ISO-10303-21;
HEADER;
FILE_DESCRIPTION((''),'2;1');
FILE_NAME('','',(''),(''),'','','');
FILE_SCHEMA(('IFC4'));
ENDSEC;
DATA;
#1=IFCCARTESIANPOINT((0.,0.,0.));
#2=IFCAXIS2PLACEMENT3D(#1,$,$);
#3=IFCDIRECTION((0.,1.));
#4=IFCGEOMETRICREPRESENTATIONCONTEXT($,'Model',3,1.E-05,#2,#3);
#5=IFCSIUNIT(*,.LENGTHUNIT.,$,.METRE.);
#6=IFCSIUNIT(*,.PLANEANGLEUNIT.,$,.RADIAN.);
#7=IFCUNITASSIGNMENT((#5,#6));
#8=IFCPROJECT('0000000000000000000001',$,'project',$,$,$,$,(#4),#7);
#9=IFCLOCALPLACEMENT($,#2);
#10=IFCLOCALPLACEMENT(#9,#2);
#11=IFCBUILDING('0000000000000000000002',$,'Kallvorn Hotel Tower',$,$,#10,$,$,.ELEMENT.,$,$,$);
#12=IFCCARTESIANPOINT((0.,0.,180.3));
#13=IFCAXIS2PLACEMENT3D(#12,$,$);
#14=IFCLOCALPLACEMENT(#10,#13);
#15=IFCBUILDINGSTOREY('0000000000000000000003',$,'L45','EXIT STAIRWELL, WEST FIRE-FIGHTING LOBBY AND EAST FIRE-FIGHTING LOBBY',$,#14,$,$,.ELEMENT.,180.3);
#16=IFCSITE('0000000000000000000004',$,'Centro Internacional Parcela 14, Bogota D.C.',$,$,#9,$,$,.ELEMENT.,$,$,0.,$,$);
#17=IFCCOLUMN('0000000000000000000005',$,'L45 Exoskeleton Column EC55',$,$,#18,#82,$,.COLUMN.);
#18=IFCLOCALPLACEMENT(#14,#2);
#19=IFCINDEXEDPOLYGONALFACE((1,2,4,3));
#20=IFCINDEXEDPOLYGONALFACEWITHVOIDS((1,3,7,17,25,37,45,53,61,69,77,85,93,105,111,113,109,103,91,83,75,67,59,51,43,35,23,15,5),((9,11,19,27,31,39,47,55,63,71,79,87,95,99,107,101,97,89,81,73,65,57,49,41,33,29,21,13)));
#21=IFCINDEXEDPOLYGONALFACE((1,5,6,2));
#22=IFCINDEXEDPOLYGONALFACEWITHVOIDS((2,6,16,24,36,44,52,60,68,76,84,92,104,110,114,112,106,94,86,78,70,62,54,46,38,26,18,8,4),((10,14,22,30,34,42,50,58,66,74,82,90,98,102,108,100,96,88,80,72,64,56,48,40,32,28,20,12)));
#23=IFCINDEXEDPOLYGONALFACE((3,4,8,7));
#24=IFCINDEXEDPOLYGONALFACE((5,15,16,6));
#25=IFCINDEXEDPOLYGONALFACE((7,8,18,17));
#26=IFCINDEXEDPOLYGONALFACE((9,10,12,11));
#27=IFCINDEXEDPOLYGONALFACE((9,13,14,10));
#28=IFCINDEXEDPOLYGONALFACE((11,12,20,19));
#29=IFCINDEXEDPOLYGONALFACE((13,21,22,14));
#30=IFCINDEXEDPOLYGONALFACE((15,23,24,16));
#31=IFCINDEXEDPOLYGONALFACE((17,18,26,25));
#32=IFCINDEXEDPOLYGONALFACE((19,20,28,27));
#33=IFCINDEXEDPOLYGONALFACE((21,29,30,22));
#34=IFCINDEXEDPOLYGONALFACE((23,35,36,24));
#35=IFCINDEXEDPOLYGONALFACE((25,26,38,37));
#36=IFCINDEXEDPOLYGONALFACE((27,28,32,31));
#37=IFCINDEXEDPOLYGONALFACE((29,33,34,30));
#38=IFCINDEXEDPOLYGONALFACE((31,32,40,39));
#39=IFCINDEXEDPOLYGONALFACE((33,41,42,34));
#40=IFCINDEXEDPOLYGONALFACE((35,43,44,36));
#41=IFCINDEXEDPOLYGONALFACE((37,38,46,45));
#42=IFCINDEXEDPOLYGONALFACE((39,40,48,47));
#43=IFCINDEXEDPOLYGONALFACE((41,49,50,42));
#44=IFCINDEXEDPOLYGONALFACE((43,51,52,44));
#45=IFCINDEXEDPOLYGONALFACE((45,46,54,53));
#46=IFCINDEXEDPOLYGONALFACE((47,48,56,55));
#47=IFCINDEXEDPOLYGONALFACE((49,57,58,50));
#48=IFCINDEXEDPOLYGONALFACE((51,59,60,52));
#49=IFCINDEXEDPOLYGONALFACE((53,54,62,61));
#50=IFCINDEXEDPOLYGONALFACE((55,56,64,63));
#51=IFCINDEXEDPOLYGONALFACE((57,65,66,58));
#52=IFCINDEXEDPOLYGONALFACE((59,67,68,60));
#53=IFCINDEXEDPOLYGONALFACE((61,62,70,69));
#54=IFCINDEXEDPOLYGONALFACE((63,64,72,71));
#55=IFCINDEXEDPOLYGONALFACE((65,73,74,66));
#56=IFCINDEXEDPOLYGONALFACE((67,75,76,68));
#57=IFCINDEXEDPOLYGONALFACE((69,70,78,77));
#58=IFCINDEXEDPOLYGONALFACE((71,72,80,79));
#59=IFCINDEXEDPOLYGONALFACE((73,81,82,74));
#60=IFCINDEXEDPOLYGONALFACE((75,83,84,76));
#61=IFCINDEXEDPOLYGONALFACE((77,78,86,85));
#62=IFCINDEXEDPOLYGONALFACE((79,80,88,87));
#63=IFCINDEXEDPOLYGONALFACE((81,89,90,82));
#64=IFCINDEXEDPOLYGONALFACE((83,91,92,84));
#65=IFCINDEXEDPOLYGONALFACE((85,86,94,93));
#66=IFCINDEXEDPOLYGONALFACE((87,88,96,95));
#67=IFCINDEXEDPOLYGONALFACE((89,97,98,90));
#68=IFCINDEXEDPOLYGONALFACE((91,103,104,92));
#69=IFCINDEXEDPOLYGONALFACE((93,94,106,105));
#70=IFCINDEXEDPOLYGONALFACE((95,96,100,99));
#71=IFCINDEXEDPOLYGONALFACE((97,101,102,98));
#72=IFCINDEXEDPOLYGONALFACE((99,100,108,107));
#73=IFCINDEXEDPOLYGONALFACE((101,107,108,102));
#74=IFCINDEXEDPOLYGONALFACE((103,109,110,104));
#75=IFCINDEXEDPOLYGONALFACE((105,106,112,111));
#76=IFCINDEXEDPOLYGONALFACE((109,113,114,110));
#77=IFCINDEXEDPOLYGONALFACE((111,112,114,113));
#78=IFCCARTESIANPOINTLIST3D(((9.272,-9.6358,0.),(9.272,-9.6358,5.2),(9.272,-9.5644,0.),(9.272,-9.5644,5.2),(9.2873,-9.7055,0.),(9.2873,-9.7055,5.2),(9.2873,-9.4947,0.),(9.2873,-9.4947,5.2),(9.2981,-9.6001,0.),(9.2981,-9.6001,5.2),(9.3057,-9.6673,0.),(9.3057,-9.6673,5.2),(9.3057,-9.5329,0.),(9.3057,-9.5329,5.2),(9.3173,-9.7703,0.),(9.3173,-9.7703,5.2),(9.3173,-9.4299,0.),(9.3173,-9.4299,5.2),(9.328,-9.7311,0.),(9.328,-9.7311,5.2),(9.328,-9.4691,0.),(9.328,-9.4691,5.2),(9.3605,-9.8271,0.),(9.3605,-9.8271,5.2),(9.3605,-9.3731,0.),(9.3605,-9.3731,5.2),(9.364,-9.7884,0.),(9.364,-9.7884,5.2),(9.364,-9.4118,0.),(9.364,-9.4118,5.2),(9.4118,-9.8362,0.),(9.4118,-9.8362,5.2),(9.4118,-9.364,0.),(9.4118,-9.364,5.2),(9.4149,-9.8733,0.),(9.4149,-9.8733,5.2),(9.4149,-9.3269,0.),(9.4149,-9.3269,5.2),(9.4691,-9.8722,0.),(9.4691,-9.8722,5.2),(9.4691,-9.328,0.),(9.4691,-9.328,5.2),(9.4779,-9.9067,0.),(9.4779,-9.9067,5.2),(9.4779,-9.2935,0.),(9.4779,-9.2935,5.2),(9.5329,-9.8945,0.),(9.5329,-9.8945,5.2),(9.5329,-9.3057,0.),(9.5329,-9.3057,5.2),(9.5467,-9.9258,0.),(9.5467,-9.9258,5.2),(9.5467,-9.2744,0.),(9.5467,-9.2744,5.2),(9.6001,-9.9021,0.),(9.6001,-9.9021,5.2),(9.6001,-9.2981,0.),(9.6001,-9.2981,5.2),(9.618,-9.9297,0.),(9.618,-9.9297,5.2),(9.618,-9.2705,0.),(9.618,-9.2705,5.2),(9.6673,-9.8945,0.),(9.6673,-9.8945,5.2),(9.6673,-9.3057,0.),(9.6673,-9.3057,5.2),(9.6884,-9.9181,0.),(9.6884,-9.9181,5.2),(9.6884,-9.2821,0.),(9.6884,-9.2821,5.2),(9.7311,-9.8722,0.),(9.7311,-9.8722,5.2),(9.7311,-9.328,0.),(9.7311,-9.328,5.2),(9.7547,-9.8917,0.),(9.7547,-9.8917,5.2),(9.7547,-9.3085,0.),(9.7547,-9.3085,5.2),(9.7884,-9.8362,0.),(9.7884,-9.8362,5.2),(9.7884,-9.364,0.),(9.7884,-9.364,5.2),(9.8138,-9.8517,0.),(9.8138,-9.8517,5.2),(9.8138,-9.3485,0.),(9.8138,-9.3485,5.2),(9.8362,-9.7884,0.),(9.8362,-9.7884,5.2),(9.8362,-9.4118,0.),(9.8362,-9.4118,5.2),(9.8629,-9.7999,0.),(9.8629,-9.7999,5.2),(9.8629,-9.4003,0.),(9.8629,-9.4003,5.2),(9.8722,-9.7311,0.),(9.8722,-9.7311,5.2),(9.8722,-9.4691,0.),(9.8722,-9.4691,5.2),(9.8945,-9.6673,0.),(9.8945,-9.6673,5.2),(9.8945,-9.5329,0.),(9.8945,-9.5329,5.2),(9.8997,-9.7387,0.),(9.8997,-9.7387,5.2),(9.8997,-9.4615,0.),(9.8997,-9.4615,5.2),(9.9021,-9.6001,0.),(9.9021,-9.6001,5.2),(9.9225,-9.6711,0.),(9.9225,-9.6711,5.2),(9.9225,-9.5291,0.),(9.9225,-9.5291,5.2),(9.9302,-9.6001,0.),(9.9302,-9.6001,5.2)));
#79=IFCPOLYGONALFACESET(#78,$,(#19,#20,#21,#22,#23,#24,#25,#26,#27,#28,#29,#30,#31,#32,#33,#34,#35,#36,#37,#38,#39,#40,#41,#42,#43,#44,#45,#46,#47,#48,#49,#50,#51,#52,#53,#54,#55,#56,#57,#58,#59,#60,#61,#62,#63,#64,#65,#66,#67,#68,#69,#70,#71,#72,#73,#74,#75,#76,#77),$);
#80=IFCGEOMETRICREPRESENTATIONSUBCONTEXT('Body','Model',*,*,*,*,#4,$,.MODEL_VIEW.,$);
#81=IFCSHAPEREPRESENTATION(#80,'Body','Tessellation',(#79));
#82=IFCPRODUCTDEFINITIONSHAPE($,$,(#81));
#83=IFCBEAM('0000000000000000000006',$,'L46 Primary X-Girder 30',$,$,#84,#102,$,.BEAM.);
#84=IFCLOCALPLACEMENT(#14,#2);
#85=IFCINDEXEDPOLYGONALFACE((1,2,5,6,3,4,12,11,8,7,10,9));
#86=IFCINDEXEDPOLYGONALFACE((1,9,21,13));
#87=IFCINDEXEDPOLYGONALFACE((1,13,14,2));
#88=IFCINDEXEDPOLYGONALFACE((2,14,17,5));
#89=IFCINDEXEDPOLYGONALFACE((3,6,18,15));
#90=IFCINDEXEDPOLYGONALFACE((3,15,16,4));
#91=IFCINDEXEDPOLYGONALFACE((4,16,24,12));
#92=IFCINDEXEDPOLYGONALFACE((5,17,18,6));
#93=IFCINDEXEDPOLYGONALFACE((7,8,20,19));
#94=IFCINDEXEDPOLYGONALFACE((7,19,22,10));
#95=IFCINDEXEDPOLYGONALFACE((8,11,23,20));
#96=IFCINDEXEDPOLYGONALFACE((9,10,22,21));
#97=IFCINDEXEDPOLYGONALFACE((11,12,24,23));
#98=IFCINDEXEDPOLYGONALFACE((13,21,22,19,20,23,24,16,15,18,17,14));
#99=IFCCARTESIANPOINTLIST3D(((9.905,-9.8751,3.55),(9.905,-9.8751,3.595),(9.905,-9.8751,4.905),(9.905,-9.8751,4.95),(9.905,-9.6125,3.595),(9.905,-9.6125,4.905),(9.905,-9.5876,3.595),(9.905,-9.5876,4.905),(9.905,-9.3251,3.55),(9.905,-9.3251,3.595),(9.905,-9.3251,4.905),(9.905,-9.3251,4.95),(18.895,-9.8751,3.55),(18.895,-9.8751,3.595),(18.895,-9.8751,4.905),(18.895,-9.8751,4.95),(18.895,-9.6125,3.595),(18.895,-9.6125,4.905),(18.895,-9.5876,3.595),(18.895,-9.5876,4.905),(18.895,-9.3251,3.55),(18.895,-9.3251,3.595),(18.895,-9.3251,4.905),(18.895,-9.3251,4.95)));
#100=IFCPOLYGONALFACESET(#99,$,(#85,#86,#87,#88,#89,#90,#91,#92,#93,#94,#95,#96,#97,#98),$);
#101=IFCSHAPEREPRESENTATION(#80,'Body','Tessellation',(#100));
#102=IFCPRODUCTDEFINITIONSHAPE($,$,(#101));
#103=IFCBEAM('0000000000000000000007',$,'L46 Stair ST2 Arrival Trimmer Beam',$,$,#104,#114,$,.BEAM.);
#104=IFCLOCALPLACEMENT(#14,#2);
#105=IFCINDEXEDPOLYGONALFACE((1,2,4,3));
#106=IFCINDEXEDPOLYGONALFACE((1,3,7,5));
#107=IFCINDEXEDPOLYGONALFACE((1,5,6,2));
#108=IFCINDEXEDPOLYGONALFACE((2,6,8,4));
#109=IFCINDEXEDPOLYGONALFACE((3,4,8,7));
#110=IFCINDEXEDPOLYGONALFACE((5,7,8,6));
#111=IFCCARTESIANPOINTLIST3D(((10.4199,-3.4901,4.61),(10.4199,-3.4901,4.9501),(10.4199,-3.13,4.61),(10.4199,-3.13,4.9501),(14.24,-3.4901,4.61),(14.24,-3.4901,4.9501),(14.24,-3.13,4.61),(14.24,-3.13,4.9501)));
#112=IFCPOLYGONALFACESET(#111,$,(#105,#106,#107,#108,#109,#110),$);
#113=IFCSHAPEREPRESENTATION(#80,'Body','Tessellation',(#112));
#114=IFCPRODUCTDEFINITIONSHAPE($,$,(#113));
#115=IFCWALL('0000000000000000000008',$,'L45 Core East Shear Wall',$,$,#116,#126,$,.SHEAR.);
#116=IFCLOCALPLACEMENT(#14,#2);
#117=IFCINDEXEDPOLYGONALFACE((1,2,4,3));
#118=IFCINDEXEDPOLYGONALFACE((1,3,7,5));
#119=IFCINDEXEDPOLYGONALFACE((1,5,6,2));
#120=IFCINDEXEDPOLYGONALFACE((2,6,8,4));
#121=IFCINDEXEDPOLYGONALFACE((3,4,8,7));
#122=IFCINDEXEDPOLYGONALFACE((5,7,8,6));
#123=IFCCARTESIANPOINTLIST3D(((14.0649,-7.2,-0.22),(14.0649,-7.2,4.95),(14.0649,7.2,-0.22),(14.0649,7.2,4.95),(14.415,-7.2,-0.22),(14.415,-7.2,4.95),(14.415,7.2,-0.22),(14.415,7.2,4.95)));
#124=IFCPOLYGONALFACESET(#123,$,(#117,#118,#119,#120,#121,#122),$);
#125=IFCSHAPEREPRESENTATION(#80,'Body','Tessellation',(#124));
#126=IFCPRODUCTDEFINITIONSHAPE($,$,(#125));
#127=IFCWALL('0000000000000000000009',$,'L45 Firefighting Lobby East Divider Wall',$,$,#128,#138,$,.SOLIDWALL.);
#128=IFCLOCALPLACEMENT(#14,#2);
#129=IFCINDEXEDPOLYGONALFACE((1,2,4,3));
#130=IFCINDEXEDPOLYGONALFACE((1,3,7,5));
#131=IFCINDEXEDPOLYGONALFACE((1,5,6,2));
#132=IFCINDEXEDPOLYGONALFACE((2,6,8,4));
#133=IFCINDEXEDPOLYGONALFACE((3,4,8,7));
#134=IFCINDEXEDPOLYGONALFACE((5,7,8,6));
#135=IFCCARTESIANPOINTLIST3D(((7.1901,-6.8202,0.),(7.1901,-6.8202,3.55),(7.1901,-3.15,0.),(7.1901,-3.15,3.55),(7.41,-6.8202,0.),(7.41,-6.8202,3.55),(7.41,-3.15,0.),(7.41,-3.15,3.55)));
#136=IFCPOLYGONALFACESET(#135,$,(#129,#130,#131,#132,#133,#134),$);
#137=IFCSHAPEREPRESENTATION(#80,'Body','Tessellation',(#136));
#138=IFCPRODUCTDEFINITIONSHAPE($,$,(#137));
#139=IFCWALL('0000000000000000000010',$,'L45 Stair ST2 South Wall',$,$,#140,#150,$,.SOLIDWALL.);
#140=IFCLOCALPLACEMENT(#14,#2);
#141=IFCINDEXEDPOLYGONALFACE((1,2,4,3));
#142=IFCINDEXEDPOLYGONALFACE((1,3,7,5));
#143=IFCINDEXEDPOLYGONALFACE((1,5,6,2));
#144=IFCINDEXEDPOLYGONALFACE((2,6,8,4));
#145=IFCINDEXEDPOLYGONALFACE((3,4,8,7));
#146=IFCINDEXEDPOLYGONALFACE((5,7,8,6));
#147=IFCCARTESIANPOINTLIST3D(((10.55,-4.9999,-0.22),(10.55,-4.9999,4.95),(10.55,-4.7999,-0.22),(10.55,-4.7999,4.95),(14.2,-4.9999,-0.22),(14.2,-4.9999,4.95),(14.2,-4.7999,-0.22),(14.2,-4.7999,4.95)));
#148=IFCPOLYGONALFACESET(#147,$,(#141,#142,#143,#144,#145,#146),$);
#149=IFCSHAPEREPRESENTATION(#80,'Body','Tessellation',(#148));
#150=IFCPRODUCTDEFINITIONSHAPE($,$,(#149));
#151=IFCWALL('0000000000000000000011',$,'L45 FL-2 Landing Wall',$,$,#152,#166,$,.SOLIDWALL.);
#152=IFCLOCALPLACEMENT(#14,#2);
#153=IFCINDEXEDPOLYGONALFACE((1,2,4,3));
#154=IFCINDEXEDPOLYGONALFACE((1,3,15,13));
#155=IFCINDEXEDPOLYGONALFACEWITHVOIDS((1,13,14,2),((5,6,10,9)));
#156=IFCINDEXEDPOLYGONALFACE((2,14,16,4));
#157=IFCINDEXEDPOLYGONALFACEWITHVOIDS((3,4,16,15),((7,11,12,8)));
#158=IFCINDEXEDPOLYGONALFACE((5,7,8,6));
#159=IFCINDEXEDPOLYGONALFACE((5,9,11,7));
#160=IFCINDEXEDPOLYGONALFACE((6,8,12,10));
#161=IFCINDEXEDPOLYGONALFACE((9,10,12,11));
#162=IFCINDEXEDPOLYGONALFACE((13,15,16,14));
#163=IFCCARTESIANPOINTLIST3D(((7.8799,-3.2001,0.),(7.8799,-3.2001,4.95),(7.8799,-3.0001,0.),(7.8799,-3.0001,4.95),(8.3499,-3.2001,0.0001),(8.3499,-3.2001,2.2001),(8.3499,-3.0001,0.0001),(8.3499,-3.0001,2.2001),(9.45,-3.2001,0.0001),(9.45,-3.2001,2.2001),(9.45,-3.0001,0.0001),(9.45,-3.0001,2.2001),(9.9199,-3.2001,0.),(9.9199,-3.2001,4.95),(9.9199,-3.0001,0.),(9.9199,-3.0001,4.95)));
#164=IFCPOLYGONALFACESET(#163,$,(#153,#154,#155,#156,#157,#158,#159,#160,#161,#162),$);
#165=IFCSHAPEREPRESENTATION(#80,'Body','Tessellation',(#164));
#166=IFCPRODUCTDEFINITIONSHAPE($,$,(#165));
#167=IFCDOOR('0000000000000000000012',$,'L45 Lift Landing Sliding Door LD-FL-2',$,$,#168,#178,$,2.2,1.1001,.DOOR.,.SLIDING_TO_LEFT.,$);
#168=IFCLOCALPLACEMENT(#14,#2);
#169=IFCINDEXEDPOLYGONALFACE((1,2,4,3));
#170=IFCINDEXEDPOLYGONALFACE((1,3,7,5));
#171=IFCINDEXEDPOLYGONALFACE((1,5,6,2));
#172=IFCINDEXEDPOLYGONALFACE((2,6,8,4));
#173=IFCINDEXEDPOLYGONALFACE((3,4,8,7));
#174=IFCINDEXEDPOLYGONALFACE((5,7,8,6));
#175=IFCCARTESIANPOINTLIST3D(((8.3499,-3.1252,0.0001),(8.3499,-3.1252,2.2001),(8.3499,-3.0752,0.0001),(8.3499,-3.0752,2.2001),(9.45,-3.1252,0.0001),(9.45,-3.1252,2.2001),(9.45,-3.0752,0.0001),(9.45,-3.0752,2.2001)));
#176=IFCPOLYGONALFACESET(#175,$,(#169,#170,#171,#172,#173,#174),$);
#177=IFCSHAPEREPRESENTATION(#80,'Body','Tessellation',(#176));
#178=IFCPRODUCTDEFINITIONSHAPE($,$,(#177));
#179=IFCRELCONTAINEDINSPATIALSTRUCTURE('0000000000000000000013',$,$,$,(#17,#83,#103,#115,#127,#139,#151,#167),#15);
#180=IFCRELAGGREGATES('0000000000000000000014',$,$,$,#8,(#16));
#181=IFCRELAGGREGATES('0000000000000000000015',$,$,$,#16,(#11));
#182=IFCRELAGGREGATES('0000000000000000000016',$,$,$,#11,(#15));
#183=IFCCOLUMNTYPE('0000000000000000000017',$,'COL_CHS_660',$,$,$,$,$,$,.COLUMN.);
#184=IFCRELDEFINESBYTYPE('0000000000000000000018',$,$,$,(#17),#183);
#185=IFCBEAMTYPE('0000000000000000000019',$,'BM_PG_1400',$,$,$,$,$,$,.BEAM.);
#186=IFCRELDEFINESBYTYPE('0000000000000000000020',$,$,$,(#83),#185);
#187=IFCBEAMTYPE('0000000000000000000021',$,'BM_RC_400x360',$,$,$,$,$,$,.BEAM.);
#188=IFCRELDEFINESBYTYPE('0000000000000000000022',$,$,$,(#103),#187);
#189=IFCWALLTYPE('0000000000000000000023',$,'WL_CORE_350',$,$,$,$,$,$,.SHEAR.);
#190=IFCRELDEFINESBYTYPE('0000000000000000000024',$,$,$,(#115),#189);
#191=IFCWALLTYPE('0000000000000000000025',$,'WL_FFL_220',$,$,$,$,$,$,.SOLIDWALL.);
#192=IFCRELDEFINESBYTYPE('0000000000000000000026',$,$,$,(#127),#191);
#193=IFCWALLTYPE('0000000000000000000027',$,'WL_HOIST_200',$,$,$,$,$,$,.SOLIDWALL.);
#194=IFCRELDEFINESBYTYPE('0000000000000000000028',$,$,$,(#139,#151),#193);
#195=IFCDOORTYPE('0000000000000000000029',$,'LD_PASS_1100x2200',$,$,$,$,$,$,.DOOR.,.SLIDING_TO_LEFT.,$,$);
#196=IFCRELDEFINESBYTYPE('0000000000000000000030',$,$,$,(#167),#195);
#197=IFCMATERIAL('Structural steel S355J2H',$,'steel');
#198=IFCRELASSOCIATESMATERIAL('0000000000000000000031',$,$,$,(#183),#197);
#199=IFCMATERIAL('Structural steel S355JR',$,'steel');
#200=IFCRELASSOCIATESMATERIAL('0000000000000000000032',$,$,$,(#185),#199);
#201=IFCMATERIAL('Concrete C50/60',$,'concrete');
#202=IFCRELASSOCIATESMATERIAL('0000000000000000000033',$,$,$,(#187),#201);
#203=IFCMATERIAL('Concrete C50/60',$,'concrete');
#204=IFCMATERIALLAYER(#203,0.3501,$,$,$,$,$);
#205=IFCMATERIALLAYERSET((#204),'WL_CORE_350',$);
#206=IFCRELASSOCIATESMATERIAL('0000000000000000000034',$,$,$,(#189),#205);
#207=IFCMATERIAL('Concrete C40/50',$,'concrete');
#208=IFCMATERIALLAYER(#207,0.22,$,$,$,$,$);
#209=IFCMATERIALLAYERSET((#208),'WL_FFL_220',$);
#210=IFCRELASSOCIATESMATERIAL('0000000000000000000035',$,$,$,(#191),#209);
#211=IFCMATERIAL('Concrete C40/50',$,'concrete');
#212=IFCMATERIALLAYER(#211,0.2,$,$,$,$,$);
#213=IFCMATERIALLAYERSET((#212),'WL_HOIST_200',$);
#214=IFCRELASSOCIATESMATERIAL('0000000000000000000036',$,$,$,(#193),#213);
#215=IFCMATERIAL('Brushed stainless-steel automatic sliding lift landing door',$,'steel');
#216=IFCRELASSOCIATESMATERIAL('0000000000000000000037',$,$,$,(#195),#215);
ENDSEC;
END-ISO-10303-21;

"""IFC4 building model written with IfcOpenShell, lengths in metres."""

from ifc_helpers import new_model, si_unit, direction, frame, frame_2d, origin, origin_2d, place, context, subcontext, project, spatial, rectangle, hollow_circle, i_section, extrude, material, layer, layer_set, material_profile, profile_set, type_object, element, fill, save


model = new_model("IFC4")

# Units and contexts
model_context = context("Model", 3, precision=1e-05, world=origin(), true_north=direction((0.0, 1.0)))
body_context = subcontext(model_context, "Body", "Model", "MODEL_VIEW")
ifc_project = project(units=[si_unit("LENGTHUNIT", "METRE"), si_unit("PLANEANGLEUNIT", "RADIAN")], contexts=[model_context])

# Site, building, storey
site_placement = place(None, origin())
site = spatial("IfcSite", under=ifc_project, at=site_placement, Name="Centro Internacional Parcela 14, Bogota D.C.", CompositionType="ELEMENT", RefElevation=0.0)
building_placement = place(site_placement, origin())
building = spatial("IfcBuilding", under=site, at=building_placement, Name="Kallvorn Hotel Tower", CompositionType="ELEMENT")
storey_placement = place(building_placement, frame((0.0, 0.0, 180.3)))
storey = spatial("IfcBuildingStorey", under=building, at=storey_placement, Name="L45", Description="EXIT STAIRWELL, WEST FIRE-FIGHTING LOBBY AND EAST FIRE-FIGHTING LOBBY", CompositionType="ELEMENT", Elevation=180.3)

# Column
ifc_material_1 = material(Name="Structural steel S355J2H", Category="steel")
ifc_material_profile_1 = material_profile(ifc_material_1, hollow_circle(Radius=0.3301, WallThickness=0.0281, at=origin_2d()), Name="CHS 660x28")
ifc_profile_set_1 = profile_set([ifc_material_profile_1], Name="Structural steel S355J2H")
column_type = type_object("IfcColumnType", Name="COL_CHS_660", PredefinedType="COLUMN", material=ifc_profile_set_1)
column_placement = place(storey_placement, frame((9.6001, -9.6001, 0.0), z_axis=(0.0, 0.0, 1.0), x_axis=(1.0, 0.0, 0.0)))
element("IfcColumn", 1, at=column_placement, inside=storey, type_object=column_type, Name="L45 Exoskeleton Column EC55", PredefinedType="COLUMN", context=body_context, shape_type="SweptSolid", body=[
    extrude(hollow_circle(Radius=0.3301, WallThickness=0.0281, at=origin_2d()), origin(), (0.0, 0.0, 1.0), 5.2),
])

# Beams
ifc_material_2 = material(Name="Structural steel S355JR", Category="steel")
ifc_material_profile_2 = material_profile(ifc_material_2, i_section(OverallWidth=0.55, OverallDepth=1.3999, WebThickness=0.0249, FlangeThickness=0.0449, at=origin_2d()), Name="PG 1400x550x25x45")
ifc_profile_set_2 = profile_set([ifc_material_profile_2], Name="Structural steel S355JR")
beam_type_1 = type_object("IfcBeamType", Name="BM_PG_1400", PredefinedType="BEAM", material=ifc_profile_set_2)
beam_1_placement = place(storey_placement, frame((9.905, -9.6001, 4.25), z_axis=(1.0, 0.0, 0.0), x_axis=(0.0, 1.0, 0.0)))
element("IfcBeam", 2, at=beam_1_placement, inside=storey, type_object=beam_type_1, Name="L46 Primary X-Girder 30", PredefinedType="BEAM", context=body_context, shape_type="SweptSolid", body=[
    extrude(i_section(OverallWidth=0.55, OverallDepth=1.3999, WebThickness=0.0249, FlangeThickness=0.0449, at=origin_2d()), origin(), (0.0, 0.0, 1.0), 8.99),
])
ifc_material_3 = material(Name="Concrete C50/60", Category="concrete")
ifc_material_profile_3 = material_profile(ifc_material_3, rectangle(XDim=0.3601, YDim=0.3401, at=origin_2d()), Name="RC 360x340")
ifc_profile_set_3 = profile_set([ifc_material_profile_3], Name="Concrete C50/60")
beam_type_2 = type_object("IfcBeamType", Name="BM_RC_400x360", PredefinedType="BEAM", material=ifc_profile_set_3)
beam_2_placement = place(storey_placement, frame((14.24, -3.3101, 4.78), z_axis=(-1.0, 0.0, 0.0), x_axis=(0.0, -1.0, 0.0)))
element("IfcBeam", 3, at=beam_2_placement, inside=storey, type_object=beam_type_2, Name="L46 Stair ST2 Arrival Trimmer Beam", PredefinedType="BEAM", context=body_context, shape_type="SweptSolid", body=[
    extrude(rectangle(XDim=0.3601, YDim=0.3401, at=origin_2d()), origin(), (0.0, 0.0, 1.0), 3.8201),
])

# Walls
ifc_material_4 = material(Name="Concrete C50/60", Category="concrete")
ifc_layer_1 = layer(ifc_material_4, 0.3501)
ifc_layer_set_1 = layer_set([ifc_layer_1], Name="WL_CORE_350")
wall_type_1 = type_object("IfcWallType", Name="WL_CORE_350", PredefinedType="SHEAR", material=ifc_layer_set_1)
wall_1_placement = place(storey_placement, frame((14.24, -7.2, -0.22), z_axis=(0.0, 0.0, 1.0), x_axis=(0.0, 1.0, 0.0)))
element("IfcWall", 4, at=wall_1_placement, inside=storey, type_object=wall_type_1, Name="L45 Core East Shear Wall", PredefinedType="SHEAR", context=body_context, shape_type="SweptSolid", body=[
    extrude(rectangle(XDim=14.3999, YDim=0.3501, at=frame_2d((7.2, 0.0))), origin(), (0.0, 0.0, 1.0), 5.1699),
])
ifc_material_5 = material(Name="Concrete C40/50", Category="concrete")
ifc_layer_2 = layer(ifc_material_5, 0.22)
ifc_layer_set_2 = layer_set([ifc_layer_2], Name="WL_FFL_220")
wall_type_2 = type_object("IfcWallType", Name="WL_FFL_220", PredefinedType="SOLIDWALL", material=ifc_layer_set_2)
wall_2_placement = place(storey_placement, frame((7.3, -6.8201, 0.0), z_axis=(0.0, 0.0, 1.0), x_axis=(0.0, 1.0, 0.0)))
element("IfcWall", 5, at=wall_2_placement, inside=storey, type_object=wall_type_2, Name="L45 Firefighting Lobby East Divider Wall", PredefinedType="SOLIDWALL", context=body_context, shape_type="SweptSolid", body=[
    extrude(rectangle(XDim=3.6702, YDim=0.22, at=frame_2d((1.835, 0.0))), origin(), (0.0, 0.0, 1.0), 3.55),
])
ifc_material_6 = material(Name="Concrete C40/50", Category="concrete")
ifc_layer_3 = layer(ifc_material_6, 0.2)
ifc_layer_set_3 = layer_set([ifc_layer_3], Name="WL_HOIST_200")
wall_type_3 = type_object("IfcWallType", Name="WL_HOIST_200", PredefinedType="SOLIDWALL", material=ifc_layer_set_3)
wall_3_placement = place(storey_placement, frame((10.55, -4.8999, -0.22), z_axis=(0.0, 0.0, 1.0), x_axis=(1.0, 0.0, 0.0)))
element("IfcWall", 6, at=wall_3_placement, inside=storey, type_object=wall_type_3, Name="L45 Stair ST2 South Wall", PredefinedType="SOLIDWALL", context=body_context, shape_type="SweptSolid", body=[
    extrude(rectangle(XDim=3.6499, YDim=0.2, at=frame_2d((1.825, 0.0))), origin(), (0.0, 0.0, 1.0), 5.1699),
])

# Wall, opening, door
wall_4_placement = place(storey_placement, frame((7.8799, -3.1001, 0.0), z_axis=(0.0, 0.0, 1.0), x_axis=(1.0, 0.0, 0.0)))
wall_4 = element("IfcWall", 7, at=wall_4_placement, inside=storey, type_object=wall_type_3, Name="L45 FL-2 Landing Wall", PredefinedType="SOLIDWALL", context=body_context, shape_type="SweptSolid", body=[
    extrude(rectangle(XDim=2.04, YDim=0.2, at=frame_2d((1.02, 0.0))), origin(), (0.0, 0.0, 1.0), 4.95),
])
opening_1_placement = place(wall_4_placement, frame((0.47, 0.0, 0.0)))
opening_1 = element("IfcOpeningElement", 8, at=opening_1_placement, cuts=wall_4, PredefinedType="OPENING", context=body_context, shape_type="SweptSolid", body=[
    extrude(rectangle(XDim=1.1001, YDim=2.2, at=frame_2d((0.55, 1.1001))), frame((0.0, 0.115, 0.0), z_axis=(0.0, -1.0, 0.0), x_axis=(1.0, 0.0, 0.0)), (0.0, 0.0, 1.0), 0.23),
])
ifc_material_7 = material(Name="Brushed stainless-steel automatic sliding lift landing door", Category="steel")
door_type_1 = type_object("IfcDoorType", Name="LD_PASS_1100x2200", OperationType="SLIDING_TO_LEFT", PredefinedType="DOOR", material=ifc_material_7)
door_1_placement = place(opening_1_placement, origin())
door_1 = element("IfcDoor", 9, at=door_1_placement, inside=storey, type_object=door_type_1, Name="L45 Lift Landing Sliding Door LD-FL-2", OperationType="SLIDING_TO_LEFT", OverallHeight=2.2, OverallWidth=1.1001, PredefinedType="DOOR", context=body_context, shape_type="SweptSolid", body=[
    extrude(rectangle(XDim=1.1001, YDim=2.2, at=frame_2d((0.55, 1.1001))), frame((0.0, 0.0249, 0.0), z_axis=(0.0, -1.0, 0.0), x_axis=(1.0, 0.0, 0.0)), (0.0, 0.0, 1.0), 0.05),
])
fill(opening_1, door_1)

save(model, "model.ifc")
